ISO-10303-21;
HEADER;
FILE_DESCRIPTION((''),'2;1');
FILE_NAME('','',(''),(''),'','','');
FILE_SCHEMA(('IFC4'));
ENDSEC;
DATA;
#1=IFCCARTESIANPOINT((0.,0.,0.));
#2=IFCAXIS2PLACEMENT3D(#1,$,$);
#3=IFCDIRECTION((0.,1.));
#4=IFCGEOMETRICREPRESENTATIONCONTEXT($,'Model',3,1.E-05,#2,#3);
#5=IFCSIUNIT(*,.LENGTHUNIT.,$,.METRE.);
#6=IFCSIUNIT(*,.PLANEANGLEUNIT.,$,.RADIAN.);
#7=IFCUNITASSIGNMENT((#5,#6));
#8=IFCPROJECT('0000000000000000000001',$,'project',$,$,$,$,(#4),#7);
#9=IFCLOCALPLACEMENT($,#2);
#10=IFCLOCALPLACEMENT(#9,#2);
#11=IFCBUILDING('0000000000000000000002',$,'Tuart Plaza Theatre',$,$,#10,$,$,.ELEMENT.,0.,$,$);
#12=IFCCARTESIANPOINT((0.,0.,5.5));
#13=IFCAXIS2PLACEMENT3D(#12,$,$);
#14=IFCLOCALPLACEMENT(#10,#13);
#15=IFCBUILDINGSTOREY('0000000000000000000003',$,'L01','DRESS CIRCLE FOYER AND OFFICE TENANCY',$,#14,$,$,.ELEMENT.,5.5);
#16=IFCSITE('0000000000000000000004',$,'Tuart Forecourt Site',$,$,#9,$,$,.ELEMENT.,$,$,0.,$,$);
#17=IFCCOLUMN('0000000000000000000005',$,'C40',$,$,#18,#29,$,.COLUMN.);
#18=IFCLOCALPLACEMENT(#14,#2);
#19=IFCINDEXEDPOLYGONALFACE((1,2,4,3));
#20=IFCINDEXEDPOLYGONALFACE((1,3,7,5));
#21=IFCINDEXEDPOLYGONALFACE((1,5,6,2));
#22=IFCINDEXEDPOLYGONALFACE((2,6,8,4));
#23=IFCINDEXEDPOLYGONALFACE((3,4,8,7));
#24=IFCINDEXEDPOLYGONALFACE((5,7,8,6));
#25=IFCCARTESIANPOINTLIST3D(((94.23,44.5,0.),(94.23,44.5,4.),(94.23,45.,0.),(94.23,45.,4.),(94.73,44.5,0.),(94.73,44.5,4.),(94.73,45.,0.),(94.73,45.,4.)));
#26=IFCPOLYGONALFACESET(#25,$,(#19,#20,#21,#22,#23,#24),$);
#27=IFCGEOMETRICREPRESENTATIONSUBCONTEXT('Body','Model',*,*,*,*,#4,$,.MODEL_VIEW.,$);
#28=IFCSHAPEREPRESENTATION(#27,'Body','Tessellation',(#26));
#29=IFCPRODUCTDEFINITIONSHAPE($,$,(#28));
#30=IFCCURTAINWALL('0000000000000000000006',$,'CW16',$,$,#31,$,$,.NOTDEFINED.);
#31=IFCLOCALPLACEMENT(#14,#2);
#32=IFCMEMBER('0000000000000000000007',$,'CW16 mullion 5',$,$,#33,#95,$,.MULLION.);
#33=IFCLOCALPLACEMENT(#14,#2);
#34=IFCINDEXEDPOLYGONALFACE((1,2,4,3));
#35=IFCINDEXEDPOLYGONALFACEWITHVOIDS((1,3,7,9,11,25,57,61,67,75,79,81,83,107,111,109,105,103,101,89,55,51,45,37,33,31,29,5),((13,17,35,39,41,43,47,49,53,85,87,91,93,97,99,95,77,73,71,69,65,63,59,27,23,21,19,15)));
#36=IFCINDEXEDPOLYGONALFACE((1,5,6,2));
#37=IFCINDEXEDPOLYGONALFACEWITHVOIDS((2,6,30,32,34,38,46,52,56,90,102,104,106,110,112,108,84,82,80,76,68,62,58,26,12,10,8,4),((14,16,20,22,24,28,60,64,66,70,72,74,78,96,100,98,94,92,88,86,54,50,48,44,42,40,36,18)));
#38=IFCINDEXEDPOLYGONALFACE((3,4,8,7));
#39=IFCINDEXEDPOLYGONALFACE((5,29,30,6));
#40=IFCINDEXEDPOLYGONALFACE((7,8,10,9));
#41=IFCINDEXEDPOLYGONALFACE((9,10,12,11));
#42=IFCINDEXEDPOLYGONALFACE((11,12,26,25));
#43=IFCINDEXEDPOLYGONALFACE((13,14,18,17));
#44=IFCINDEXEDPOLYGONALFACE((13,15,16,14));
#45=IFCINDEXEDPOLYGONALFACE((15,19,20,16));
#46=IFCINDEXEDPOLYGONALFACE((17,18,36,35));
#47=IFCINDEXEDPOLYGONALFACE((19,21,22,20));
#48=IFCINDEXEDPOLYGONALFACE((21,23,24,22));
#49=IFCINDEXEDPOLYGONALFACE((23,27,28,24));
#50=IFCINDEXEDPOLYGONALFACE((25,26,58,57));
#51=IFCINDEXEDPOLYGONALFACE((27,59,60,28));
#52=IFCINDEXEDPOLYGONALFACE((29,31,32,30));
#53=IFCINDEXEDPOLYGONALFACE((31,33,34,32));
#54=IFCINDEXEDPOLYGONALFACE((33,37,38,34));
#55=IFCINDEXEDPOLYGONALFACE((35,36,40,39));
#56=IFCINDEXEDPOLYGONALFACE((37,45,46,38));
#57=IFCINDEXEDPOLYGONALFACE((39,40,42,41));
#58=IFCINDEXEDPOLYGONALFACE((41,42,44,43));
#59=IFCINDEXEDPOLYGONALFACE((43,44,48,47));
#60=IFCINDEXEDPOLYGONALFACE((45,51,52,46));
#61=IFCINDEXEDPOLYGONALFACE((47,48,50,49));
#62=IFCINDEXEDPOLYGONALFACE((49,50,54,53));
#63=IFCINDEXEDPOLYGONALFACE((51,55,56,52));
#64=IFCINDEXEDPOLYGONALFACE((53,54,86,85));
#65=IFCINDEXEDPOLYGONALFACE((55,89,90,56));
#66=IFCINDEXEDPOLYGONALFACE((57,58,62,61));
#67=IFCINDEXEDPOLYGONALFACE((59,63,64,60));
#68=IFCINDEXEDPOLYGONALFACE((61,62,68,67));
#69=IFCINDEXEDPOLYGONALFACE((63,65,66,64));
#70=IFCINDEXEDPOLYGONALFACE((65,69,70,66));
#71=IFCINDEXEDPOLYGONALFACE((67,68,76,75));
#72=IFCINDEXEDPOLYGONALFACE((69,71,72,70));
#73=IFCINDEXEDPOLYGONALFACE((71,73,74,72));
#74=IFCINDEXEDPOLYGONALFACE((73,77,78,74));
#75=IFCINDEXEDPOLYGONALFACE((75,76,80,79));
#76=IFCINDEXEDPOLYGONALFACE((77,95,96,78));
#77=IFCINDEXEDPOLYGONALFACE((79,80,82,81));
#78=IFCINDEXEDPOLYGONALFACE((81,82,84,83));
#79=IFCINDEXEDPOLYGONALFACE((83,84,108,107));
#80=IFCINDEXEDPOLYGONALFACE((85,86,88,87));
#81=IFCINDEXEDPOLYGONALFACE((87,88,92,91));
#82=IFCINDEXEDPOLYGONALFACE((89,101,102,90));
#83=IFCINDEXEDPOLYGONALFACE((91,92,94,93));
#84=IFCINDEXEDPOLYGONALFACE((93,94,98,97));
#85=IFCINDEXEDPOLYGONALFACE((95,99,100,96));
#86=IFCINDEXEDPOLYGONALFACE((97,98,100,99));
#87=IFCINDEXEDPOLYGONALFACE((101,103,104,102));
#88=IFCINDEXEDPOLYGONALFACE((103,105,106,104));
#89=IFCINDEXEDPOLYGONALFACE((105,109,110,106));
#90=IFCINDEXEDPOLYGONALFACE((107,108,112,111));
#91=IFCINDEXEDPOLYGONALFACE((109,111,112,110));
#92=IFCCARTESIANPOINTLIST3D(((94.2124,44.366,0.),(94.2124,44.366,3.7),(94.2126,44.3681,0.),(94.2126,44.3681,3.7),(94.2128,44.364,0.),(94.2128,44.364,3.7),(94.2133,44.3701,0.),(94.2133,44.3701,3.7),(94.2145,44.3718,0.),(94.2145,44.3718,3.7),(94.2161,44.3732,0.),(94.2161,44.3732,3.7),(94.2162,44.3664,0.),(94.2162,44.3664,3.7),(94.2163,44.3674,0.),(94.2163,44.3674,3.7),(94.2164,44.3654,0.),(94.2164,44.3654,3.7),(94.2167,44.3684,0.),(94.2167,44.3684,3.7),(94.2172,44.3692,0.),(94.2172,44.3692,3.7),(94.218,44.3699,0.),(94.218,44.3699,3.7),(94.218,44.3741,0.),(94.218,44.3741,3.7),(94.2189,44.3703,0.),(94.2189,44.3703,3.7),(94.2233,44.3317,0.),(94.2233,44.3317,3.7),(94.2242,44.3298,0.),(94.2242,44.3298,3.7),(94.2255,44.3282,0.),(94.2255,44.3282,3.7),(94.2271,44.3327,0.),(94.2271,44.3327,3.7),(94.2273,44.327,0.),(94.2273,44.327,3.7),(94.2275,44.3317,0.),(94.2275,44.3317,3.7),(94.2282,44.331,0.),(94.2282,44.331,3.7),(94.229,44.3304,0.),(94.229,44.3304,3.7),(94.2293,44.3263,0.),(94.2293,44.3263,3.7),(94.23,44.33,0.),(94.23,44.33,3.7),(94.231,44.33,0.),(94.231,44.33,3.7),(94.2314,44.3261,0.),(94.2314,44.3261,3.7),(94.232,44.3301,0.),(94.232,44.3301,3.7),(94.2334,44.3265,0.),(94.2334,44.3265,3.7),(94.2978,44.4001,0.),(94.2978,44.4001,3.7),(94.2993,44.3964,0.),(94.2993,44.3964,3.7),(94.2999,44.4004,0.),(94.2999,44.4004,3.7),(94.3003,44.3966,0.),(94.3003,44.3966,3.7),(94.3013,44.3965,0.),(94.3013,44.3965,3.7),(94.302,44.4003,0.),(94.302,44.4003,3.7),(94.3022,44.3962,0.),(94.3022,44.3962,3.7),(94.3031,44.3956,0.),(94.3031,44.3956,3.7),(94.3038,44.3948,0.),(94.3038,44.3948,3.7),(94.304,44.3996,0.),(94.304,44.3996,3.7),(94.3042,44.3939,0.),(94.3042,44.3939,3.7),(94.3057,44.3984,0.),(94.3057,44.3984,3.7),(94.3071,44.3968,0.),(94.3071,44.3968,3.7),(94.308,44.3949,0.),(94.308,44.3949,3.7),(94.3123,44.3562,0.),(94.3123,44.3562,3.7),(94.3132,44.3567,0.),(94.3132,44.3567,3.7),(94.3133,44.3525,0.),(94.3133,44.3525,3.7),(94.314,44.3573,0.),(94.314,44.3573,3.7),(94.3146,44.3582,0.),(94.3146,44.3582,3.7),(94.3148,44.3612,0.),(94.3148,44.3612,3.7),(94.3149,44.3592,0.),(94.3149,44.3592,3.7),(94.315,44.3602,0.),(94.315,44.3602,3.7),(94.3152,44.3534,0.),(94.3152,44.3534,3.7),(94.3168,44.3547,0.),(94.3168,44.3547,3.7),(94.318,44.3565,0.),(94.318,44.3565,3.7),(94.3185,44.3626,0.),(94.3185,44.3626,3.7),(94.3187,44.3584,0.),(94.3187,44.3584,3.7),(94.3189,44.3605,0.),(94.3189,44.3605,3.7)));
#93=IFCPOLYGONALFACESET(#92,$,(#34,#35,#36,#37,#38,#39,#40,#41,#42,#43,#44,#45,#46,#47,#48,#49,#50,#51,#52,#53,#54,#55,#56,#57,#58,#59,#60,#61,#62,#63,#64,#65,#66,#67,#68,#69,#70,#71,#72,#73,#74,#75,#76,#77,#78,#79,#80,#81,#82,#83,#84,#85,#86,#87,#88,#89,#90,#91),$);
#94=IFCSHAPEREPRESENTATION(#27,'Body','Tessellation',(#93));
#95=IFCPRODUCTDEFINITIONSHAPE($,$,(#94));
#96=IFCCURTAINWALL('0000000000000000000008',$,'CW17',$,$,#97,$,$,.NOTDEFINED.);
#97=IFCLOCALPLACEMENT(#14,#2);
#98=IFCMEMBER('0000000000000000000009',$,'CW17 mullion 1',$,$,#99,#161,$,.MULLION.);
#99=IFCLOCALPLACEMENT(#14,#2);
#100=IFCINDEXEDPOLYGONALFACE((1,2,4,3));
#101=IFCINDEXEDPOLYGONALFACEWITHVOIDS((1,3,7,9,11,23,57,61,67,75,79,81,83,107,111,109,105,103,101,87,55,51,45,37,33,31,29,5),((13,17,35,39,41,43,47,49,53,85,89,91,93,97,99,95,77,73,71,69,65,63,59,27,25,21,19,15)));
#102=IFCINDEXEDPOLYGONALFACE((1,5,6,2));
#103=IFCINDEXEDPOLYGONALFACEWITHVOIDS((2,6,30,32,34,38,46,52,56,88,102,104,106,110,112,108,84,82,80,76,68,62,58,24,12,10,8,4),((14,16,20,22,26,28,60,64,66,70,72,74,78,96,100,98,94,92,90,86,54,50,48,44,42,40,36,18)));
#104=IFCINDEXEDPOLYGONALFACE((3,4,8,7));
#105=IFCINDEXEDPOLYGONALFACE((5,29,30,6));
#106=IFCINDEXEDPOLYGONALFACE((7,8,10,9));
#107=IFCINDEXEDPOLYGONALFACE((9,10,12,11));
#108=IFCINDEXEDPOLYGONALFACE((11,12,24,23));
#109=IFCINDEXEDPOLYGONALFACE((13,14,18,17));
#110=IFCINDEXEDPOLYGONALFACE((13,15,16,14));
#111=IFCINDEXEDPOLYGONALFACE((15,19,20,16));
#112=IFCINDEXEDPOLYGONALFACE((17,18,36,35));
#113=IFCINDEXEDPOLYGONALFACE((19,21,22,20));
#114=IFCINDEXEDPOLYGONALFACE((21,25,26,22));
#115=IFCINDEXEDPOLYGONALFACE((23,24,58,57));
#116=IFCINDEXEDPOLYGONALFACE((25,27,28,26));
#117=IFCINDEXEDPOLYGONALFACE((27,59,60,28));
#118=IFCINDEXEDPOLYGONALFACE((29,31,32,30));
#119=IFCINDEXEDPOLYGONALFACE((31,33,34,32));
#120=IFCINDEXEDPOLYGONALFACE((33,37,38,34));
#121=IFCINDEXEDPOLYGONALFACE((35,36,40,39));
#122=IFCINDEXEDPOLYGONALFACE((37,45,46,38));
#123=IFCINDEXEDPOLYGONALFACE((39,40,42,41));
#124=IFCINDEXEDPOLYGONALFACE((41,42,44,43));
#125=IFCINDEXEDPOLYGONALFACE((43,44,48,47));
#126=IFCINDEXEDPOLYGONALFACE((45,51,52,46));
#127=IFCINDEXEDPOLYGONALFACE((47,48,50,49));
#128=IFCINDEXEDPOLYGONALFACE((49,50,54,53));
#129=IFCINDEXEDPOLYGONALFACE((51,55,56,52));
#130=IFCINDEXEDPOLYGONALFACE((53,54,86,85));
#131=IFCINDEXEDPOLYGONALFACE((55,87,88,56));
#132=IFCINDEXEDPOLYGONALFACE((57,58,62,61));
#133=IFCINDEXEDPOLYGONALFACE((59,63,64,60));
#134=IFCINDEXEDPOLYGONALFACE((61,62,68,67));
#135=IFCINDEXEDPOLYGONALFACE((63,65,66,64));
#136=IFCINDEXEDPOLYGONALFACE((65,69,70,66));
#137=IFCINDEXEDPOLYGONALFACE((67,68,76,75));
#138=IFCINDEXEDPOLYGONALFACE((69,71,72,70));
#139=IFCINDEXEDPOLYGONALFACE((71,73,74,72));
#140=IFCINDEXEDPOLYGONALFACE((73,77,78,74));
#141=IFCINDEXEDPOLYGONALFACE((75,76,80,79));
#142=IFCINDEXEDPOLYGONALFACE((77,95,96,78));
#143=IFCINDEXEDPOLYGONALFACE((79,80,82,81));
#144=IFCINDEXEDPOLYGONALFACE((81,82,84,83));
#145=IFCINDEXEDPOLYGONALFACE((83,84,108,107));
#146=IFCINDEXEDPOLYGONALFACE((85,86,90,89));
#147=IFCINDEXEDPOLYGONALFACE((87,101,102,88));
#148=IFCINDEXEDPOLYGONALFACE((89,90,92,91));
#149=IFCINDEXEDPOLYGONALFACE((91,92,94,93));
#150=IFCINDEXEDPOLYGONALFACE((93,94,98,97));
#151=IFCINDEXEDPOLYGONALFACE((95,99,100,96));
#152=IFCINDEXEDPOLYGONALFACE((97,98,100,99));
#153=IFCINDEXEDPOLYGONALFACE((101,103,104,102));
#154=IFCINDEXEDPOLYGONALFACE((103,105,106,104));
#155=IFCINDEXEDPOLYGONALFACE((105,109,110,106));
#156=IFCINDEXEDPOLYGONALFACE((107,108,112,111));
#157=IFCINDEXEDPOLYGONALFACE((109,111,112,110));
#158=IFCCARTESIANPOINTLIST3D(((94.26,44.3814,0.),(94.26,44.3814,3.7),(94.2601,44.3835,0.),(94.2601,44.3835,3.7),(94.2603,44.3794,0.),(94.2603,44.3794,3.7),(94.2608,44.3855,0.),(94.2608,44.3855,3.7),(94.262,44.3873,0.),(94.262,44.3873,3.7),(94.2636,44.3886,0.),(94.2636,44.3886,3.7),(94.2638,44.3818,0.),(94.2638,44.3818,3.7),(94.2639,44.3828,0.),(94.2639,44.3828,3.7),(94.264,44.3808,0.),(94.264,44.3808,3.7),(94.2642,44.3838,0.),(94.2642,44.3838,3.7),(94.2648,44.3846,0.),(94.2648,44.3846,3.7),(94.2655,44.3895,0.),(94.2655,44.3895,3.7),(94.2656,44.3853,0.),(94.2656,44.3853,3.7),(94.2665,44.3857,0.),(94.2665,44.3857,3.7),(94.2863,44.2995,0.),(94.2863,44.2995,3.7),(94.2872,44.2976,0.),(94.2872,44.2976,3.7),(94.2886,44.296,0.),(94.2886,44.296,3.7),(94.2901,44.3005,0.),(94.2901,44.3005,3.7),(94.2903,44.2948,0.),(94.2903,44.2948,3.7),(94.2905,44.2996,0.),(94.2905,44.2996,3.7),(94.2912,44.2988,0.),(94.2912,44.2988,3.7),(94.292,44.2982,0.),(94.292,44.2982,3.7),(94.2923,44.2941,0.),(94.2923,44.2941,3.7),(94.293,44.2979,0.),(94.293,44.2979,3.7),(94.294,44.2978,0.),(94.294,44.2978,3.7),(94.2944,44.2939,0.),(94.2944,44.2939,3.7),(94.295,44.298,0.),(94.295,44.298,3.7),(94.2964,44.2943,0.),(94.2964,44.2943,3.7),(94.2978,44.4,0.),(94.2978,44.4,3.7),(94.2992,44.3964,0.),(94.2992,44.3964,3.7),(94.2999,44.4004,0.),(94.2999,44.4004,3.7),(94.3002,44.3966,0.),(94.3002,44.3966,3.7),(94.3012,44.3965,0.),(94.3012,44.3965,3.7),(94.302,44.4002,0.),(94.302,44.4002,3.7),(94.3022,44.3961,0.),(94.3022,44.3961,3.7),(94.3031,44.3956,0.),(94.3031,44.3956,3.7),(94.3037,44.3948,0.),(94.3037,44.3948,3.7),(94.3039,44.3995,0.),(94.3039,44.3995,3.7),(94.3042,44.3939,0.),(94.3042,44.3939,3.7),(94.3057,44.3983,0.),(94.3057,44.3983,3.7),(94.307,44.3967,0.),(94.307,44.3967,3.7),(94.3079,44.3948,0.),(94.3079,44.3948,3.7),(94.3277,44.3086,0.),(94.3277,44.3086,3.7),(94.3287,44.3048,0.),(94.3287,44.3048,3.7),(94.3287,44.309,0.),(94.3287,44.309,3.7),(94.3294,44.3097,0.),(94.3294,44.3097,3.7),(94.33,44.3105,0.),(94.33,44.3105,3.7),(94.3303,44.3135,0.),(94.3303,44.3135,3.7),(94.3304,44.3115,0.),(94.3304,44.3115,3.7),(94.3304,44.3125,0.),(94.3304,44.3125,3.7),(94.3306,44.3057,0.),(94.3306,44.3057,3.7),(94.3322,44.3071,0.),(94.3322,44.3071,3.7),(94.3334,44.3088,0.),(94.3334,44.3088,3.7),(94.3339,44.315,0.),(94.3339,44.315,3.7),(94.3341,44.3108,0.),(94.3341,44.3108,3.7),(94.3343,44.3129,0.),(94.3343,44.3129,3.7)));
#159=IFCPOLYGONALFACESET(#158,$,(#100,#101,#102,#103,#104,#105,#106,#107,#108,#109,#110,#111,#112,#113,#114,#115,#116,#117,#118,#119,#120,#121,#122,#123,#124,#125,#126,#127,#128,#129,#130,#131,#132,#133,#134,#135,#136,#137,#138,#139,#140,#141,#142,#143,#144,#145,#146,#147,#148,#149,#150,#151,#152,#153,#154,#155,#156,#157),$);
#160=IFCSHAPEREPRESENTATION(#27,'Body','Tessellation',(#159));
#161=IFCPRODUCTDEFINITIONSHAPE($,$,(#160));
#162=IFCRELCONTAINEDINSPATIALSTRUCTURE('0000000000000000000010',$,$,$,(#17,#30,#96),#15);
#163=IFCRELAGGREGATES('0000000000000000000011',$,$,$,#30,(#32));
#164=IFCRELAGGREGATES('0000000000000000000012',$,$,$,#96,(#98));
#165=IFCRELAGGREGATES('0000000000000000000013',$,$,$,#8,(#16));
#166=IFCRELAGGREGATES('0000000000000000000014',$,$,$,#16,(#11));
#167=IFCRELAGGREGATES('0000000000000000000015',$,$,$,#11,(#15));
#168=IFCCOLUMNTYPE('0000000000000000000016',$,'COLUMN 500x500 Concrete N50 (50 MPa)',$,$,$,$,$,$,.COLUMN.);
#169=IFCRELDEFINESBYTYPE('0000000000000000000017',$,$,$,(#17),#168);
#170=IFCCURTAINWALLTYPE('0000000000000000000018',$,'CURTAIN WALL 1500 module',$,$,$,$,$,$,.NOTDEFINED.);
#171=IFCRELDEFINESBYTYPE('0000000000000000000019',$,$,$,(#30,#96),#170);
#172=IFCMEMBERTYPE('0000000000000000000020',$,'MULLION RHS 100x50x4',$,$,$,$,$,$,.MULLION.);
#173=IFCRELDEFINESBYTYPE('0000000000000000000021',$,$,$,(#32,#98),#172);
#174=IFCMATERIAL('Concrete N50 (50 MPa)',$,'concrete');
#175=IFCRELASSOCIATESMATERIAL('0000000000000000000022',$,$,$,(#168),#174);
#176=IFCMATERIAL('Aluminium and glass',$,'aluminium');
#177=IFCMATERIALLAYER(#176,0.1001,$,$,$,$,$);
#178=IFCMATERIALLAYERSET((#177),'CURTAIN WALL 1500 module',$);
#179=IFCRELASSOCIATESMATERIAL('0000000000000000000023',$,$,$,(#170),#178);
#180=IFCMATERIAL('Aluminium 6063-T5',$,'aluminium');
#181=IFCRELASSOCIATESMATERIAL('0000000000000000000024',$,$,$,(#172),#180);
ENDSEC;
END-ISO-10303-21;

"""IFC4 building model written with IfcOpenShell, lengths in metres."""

from ifc_helpers import new_model, si_unit, direction, frame, origin, origin_2d, place, context, subcontext, project, spatial, rectangle, hollow_rectangle, extrude, material, layer, layer_set, material_profile, profile_set, type_object, element, aggregate, save


model = new_model("IFC4")

# Units and contexts
model_context = context("Model", 3, precision=1e-05, world=origin(), true_north=direction((0.0, 1.0)))
body_context = subcontext(model_context, "Body", "Model", "MODEL_VIEW")
ifc_project = project(units=[si_unit("LENGTHUNIT", "METRE"), si_unit("PLANEANGLEUNIT", "RADIAN")], contexts=[model_context])

# Site, building, storey
site_placement = place(None, origin())
site = spatial("IfcSite", under=ifc_project, at=site_placement, Name="Tuart Forecourt Site", CompositionType="ELEMENT", RefElevation=0.0)
building_placement = place(site_placement, origin())
building = spatial("IfcBuilding", under=site, at=building_placement, Name="Tuart Plaza Theatre", CompositionType="ELEMENT", ElevationOfRefHeight=0.0)
storey_placement = place(building_placement, frame((0.0, 0.0, 5.5)))
storey = spatial("IfcBuildingStorey", under=building, at=storey_placement, Name="L01", Description="DRESS CIRCLE FOYER AND OFFICE TENANCY", CompositionType="ELEMENT", Elevation=5.5)

# Column
ifc_material_1 = material(Name="Concrete N50 (50 MPa)", Category="concrete")
ifc_material_profile_1 = material_profile(ifc_material_1, rectangle(XDim=0.5, YDim=0.5, at=origin_2d()), Name="COLUMN 500x500 Concrete N50 (50 MPa)")
ifc_profile_set_1 = profile_set([ifc_material_profile_1], Name="Concrete N50 (50 MPa)")
column_type = type_object("IfcColumnType", Name="COLUMN 500x500 Concrete N50 (50 MPa)", PredefinedType="COLUMN", material=ifc_profile_set_1)
column_placement = place(storey_placement, frame((94.48, 44.75, 0.0), z_axis=(0.0, 0.0, 1.0), x_axis=(1.0, 0.0, 0.0)))
element("IfcColumn", 1, at=column_placement, inside=storey, type_object=column_type, Name="C40", PredefinedType="COLUMN", context=body_context, shape_type="SweptSolid", body=[
    extrude(rectangle(XDim=0.5, YDim=0.5, at=origin_2d()), origin(), (0.0, 0.0, 1.0), 4.0),
])

# Curtain wall, member
ifc_material_2 = material(Name="Aluminium and glass", Category="aluminium")
ifc_layer_1 = layer(ifc_material_2, 0.1001)
ifc_layer_set_1 = layer_set([ifc_layer_1], Name="CURTAIN WALL 1500 module")
curtain_wall_type = type_object("IfcCurtainWallType", Name="CURTAIN WALL 1500 module", PredefinedType="NOTDEFINED", material=ifc_layer_set_1)
curtain_wall_1_placement = place(storey_placement, origin())
curtain_wall_1 = element("IfcCurtainWall", 2, at=curtain_wall_1_placement, inside=storey, type_object=curtain_wall_type, Name="CW16", PredefinedType="NOTDEFINED")
ifc_material_3 = material(Name="Aluminium 6063-T5", Category="aluminium")
ifc_material_profile_2 = material_profile(ifc_material_3, hollow_rectangle(XDim=0.05, YDim=0.1001, WallThickness=0.0039, InnerFilletRadius=0.0039, OuterFilletRadius=0.0081, at=origin_2d()), Name="RHS 100x50x4")
ifc_profile_set_2 = profile_set([ifc_material_profile_2], Name="Aluminium 6063-T5")
member_type_1 = type_object("IfcMemberType", Name="MULLION RHS 100x50x4", PredefinedType="MULLION", material=ifc_profile_set_2)
member_1_placement = place(storey_placement, frame((94.2656, 44.3633, 0.0), z_axis=(0.0, 0.0, 1.0), x_axis=(-0.309018, 0.951056, 0.0)))
member_1 = element("IfcMember", 3, at=member_1_placement, type_object=member_type_1, Name="CW16 mullion 5", PredefinedType="MULLION", context=body_context, shape_type="SweptSolid", body=[
    extrude(hollow_rectangle(XDim=0.05, YDim=0.1001, WallThickness=0.0039, InnerFilletRadius=0.0039, OuterFilletRadius=0.0081, at=origin_2d()), origin(), (0.0, 0.0, 1.0), 3.7),
])

# Curtain wall, member
curtain_wall_2_placement = place(storey_placement, origin())
curtain_wall_2 = element("IfcCurtainWall", 4, at=curtain_wall_2_placement, inside=storey, type_object=curtain_wall_type, Name="CW17", PredefinedType="NOTDEFINED")
member_2_placement = place(storey_placement, frame((94.2971, 44.3472, 0.0), z_axis=(0.0, 0.0, 1.0), x_axis=(0.951056, 0.309018, 0.0)))
member_2 = element("IfcMember", 5, at=member_2_placement, type_object=member_type_1, Name="CW17 mullion 1", PredefinedType="MULLION", context=body_context, shape_type="SweptSolid", body=[
    extrude(hollow_rectangle(XDim=0.05, YDim=0.1001, WallThickness=0.0039, InnerFilletRadius=0.0039, OuterFilletRadius=0.0081, at=origin_2d()), origin(), (0.0, 0.0, 1.0), 3.7),
])

aggregate(curtain_wall_1, [member_1])
aggregate(curtain_wall_2, [member_2])

save(model, "model.ifc")
